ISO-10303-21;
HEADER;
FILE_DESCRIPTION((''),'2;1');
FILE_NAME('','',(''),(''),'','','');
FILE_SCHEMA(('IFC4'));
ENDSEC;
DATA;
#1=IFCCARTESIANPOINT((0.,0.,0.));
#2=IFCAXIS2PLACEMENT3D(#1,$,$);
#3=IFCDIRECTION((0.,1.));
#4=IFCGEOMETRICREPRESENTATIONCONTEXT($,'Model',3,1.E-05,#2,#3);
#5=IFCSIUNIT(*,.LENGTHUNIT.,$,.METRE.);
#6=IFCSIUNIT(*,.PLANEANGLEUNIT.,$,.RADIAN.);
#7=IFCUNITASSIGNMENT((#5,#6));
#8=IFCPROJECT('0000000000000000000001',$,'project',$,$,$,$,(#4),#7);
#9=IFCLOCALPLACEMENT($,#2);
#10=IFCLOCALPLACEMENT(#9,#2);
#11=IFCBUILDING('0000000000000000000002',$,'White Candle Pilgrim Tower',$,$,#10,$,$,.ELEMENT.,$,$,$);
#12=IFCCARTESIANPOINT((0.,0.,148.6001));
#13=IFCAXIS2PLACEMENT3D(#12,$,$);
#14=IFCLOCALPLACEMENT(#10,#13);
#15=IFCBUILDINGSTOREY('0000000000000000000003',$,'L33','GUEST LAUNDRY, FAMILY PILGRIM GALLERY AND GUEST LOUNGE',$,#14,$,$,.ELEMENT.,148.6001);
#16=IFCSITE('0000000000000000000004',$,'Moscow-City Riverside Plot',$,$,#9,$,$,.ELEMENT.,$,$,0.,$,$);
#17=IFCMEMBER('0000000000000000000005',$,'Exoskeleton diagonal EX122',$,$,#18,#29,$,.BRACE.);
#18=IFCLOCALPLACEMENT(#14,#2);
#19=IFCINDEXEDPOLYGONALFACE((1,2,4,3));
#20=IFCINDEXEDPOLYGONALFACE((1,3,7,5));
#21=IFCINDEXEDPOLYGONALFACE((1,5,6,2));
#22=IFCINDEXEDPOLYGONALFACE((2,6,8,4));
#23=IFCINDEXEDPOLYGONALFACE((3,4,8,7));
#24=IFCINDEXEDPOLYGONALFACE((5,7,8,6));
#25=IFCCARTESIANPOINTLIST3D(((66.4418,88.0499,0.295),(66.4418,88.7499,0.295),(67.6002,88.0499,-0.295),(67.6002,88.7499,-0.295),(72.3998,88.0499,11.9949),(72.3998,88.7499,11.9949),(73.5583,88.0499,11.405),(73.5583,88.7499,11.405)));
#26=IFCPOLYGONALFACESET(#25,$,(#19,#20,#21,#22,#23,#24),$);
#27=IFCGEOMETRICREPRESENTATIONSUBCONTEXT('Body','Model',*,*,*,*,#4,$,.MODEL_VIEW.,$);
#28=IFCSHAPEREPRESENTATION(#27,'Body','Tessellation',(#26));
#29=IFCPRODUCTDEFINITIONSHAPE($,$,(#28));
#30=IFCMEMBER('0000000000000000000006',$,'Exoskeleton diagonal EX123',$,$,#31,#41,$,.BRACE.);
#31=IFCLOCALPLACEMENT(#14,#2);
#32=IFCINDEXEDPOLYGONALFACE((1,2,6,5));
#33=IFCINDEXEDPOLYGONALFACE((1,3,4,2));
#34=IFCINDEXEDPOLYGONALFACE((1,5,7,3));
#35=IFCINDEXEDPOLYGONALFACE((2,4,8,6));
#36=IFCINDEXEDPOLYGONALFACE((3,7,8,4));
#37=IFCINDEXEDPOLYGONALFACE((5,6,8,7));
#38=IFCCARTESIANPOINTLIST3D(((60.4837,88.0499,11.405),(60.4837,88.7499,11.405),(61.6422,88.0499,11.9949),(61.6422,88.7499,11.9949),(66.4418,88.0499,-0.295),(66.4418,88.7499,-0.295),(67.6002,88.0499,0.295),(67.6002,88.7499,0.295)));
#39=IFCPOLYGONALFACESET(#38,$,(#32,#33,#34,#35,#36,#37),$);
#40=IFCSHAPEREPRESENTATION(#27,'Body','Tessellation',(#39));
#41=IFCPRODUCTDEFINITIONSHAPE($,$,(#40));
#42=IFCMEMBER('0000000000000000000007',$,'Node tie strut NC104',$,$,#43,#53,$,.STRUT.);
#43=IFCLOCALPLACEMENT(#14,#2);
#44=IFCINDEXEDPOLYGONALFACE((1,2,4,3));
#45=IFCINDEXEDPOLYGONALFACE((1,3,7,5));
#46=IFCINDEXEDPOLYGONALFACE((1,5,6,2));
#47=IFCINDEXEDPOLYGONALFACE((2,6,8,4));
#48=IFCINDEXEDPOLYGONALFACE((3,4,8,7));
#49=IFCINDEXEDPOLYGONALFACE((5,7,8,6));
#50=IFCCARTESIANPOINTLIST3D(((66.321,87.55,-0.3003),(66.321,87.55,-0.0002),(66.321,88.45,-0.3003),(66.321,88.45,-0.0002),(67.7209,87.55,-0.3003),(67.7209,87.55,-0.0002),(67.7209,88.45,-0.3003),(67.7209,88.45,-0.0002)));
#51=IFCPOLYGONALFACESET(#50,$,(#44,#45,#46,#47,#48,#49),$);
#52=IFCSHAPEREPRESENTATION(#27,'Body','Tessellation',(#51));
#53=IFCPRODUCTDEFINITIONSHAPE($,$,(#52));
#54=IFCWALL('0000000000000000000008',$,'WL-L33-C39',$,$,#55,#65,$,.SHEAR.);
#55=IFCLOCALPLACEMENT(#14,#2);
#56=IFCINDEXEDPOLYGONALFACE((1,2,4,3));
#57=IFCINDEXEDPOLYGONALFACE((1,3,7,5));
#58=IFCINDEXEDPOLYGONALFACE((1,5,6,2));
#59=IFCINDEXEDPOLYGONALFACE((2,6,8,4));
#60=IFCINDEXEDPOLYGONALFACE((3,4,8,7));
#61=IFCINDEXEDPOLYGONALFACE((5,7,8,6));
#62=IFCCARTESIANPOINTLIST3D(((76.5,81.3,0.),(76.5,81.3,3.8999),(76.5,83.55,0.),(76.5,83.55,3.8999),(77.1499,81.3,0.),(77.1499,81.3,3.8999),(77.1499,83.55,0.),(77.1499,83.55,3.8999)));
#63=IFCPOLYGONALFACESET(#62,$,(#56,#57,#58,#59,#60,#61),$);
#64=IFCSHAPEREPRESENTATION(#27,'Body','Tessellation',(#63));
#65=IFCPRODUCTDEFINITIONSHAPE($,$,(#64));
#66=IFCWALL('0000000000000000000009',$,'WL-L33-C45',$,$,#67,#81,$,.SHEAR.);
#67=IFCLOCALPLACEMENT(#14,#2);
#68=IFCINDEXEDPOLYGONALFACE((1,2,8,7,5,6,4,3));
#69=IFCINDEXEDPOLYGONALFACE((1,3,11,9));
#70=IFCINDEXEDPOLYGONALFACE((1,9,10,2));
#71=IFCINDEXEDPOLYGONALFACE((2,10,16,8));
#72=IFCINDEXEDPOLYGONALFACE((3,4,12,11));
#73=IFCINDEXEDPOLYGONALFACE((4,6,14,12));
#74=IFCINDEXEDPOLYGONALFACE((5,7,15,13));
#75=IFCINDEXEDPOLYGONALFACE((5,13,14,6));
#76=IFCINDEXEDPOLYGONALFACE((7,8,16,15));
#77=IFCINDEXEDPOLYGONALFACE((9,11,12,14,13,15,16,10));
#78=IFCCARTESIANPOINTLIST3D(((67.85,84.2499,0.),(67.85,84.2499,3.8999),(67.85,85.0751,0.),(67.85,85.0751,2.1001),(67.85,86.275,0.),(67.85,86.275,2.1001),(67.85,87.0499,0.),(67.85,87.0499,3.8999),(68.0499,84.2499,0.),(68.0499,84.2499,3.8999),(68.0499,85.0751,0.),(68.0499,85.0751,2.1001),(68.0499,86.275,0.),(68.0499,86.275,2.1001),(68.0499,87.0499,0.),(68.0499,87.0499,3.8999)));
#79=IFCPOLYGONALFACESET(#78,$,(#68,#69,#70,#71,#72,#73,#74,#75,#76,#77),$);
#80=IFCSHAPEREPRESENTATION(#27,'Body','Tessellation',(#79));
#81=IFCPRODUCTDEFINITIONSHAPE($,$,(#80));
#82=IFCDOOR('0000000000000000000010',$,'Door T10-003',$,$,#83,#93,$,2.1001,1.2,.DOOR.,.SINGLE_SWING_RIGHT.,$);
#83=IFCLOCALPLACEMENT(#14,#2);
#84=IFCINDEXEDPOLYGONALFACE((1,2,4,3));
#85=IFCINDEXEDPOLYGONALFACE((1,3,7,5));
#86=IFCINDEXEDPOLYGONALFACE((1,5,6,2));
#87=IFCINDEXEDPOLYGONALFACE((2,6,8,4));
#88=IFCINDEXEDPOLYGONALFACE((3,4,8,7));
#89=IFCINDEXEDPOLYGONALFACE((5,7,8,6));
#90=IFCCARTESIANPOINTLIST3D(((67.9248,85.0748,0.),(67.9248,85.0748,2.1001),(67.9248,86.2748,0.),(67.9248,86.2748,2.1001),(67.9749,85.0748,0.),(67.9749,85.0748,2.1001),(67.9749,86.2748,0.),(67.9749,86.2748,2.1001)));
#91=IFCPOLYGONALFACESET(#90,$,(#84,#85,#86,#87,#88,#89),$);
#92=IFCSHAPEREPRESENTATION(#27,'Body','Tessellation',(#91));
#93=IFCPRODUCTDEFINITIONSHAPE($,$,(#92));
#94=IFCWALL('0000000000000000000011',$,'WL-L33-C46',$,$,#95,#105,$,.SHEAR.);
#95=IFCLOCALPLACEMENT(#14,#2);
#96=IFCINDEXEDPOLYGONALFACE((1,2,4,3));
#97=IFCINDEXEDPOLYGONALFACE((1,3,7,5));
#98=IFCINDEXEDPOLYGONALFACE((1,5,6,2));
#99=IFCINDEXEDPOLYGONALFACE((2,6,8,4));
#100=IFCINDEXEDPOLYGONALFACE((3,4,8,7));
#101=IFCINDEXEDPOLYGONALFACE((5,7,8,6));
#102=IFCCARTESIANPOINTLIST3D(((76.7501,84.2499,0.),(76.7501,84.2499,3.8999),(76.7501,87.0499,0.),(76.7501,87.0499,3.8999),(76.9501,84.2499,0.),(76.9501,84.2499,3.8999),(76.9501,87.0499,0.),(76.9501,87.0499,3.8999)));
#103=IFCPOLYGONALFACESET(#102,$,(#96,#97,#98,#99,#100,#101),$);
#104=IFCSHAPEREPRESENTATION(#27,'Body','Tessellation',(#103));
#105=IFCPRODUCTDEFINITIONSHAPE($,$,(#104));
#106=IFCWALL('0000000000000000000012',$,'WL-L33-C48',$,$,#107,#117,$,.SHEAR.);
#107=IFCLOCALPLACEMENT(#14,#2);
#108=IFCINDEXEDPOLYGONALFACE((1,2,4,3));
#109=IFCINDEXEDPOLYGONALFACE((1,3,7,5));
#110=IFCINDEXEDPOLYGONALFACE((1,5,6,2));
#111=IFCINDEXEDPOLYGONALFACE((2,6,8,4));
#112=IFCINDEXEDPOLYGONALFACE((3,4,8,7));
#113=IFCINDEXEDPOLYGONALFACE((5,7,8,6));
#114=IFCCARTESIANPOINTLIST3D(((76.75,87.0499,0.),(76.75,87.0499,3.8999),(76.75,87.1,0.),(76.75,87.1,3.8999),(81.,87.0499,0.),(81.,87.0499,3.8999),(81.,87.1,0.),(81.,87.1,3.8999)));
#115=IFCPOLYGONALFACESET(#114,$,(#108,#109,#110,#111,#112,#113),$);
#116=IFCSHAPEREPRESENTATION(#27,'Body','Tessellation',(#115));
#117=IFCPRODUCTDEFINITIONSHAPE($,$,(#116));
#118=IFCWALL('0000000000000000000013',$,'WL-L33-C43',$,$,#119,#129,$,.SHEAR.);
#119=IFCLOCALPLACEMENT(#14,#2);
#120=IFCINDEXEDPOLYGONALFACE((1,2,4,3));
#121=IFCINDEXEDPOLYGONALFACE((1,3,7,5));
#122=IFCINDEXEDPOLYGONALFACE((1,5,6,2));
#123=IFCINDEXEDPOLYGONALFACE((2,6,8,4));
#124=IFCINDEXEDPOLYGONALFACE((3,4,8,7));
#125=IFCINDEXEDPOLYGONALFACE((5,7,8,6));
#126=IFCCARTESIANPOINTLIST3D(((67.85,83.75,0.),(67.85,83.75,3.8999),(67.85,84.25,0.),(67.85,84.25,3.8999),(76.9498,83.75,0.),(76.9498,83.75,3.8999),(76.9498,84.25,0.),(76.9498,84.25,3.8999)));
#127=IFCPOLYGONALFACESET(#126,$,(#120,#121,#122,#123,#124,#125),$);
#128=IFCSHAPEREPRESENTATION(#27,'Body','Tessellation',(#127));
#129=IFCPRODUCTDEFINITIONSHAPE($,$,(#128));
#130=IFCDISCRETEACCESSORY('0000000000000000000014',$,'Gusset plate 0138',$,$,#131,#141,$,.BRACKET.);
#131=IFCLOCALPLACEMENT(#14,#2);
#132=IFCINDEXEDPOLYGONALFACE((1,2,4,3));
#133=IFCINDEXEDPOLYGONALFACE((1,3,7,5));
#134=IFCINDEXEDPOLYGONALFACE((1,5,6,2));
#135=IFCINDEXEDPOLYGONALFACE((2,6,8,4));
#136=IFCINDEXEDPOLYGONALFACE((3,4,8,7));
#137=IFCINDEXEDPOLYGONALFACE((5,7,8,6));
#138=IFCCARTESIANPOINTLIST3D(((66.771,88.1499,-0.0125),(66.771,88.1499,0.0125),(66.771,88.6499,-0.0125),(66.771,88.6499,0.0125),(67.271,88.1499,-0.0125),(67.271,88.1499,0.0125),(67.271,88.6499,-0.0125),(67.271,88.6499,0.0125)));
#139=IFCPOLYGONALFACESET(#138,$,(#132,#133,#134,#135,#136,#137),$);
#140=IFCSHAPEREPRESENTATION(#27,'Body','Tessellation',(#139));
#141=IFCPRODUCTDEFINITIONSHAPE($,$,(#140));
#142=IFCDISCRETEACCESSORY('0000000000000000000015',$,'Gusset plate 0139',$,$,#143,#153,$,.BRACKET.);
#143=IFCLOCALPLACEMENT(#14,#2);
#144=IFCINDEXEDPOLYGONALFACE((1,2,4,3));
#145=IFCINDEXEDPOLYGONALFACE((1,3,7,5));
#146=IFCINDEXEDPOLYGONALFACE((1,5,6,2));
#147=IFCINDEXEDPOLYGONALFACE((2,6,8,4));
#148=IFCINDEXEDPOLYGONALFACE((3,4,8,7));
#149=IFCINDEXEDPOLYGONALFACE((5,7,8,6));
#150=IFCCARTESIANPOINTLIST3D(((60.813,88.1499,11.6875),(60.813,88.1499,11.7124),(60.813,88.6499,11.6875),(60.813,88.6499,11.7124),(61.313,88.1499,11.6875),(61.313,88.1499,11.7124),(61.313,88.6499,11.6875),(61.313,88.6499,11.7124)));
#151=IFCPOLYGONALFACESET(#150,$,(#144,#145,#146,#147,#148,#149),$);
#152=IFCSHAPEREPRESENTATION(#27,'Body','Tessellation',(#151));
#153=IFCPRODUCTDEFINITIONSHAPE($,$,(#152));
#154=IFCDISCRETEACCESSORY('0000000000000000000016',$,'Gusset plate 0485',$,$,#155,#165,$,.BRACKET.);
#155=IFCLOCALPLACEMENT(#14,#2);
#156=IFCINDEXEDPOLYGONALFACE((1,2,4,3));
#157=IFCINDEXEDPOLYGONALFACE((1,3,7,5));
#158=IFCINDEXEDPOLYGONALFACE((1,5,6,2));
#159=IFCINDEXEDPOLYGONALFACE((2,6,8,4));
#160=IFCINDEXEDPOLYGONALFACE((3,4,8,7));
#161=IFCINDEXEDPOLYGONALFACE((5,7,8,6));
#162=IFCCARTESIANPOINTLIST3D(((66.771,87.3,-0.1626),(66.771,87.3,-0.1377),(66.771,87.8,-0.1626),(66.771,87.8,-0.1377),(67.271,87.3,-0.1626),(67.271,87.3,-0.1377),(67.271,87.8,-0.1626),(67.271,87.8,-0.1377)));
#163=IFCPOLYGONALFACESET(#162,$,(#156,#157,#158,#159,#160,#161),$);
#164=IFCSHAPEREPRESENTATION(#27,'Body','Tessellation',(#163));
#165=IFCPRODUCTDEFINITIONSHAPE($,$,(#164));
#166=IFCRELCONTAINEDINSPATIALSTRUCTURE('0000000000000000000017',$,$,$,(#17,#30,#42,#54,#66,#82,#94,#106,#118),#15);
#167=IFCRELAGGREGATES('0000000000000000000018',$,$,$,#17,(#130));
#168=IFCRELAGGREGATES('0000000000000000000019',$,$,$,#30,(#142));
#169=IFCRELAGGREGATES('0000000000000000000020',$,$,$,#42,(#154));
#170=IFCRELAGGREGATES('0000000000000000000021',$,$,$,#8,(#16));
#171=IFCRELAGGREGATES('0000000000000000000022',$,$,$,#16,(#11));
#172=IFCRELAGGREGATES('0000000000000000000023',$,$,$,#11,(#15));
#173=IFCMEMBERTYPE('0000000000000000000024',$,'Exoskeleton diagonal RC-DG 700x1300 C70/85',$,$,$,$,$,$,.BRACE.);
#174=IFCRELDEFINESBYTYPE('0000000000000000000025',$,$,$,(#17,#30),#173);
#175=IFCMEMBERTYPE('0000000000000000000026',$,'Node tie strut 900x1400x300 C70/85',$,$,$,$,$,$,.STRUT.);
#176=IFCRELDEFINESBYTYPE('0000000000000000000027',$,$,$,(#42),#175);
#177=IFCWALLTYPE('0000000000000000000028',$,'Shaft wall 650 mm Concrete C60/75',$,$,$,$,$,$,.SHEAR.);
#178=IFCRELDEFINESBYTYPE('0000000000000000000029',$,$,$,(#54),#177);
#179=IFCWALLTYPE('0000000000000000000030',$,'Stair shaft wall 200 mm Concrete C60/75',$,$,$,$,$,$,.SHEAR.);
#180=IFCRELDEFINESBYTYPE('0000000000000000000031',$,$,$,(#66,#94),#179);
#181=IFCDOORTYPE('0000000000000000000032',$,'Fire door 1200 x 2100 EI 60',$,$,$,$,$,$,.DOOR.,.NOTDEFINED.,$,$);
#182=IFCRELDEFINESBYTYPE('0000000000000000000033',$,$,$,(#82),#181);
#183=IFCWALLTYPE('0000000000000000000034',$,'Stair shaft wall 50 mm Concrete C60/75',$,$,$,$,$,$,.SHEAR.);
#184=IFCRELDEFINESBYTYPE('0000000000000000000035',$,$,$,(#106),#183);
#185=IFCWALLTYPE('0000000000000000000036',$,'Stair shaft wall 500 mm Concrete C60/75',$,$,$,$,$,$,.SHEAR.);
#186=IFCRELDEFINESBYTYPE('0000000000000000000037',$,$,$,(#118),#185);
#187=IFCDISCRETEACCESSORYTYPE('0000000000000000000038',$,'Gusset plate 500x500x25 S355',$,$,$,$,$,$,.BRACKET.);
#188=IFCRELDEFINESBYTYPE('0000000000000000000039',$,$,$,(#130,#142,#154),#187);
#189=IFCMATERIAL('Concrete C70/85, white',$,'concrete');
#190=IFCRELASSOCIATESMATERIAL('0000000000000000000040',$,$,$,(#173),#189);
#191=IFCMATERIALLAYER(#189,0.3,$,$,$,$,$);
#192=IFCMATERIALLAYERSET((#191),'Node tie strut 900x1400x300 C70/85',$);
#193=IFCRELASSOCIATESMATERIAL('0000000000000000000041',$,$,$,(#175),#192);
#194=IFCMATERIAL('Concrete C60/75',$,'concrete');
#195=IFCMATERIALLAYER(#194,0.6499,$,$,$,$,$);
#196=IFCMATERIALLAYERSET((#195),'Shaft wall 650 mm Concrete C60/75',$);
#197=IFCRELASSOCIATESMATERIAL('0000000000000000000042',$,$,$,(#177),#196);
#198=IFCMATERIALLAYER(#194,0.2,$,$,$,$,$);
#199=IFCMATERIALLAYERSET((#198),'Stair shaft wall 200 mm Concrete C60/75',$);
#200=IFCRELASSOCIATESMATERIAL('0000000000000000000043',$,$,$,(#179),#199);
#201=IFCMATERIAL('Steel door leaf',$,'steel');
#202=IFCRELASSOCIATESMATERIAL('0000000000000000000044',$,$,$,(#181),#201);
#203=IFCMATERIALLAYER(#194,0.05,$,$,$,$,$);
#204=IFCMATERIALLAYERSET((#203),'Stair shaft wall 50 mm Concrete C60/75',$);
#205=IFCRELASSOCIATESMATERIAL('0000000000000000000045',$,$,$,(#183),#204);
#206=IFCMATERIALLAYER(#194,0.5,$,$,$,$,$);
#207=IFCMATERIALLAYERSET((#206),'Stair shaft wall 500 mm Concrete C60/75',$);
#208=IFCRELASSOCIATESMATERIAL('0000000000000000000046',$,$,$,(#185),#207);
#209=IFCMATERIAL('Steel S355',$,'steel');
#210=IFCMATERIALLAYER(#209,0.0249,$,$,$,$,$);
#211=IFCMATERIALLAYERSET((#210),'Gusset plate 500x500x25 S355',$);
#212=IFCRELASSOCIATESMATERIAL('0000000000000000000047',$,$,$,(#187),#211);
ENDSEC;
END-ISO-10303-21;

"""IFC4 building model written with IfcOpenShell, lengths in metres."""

from ifc_helpers import new_model, si_unit, direction, frame, frame_2d, origin, origin_2d, place, context, subcontext, project, spatial, rectangle, extrude, material, layer, layer_set, material_profile, profile_set, type_object, element, fill, aggregate, save


model = new_model("IFC4")

# Units and contexts
model_context = context("Model", 3, precision=1e-05, world=origin(), true_north=direction((0.0, 1.0)))
body_context = subcontext(model_context, "Body", "Model", "MODEL_VIEW")
ifc_project = project(units=[si_unit("LENGTHUNIT", "METRE"), si_unit("PLANEANGLEUNIT", "RADIAN")], contexts=[model_context])

# Site, building, storey
site_placement = place(None, origin())
site = spatial("IfcSite", under=ifc_project, at=site_placement, Name="Moscow-City Riverside Plot", CompositionType="ELEMENT", RefElevation=0.0)
building_placement = place(site_placement, origin())
building = spatial("IfcBuilding", under=site, at=building_placement, Name="White Candle Pilgrim Tower", CompositionType="ELEMENT")
storey_placement = place(building_placement, frame((0.0, 0.0, 148.6001)))
storey = spatial("IfcBuildingStorey", under=building, at=storey_placement, Name="L33", Description="GUEST LAUNDRY, FAMILY PILGRIM GALLERY AND GUEST LOUNGE", CompositionType="ELEMENT", Elevation=148.6001)

# Members
ifc_material_1 = material(Name="Concrete C70/85, white", Category="concrete")
ifc_material_profile = material_profile(ifc_material_1, rectangle(XDim=0.7, YDim=1.3, at=origin_2d()), Name="RC-DG 700x1300")
ifc_profile_set = profile_set([ifc_material_profile], Name="Concrete C70/85, white")
member_type_1 = type_object("IfcMemberType", Name="Exoskeleton diagonal RC-DG 700x1300 C70/85", PredefinedType="BRACE", material=ifc_profile_set)
member_1_placement = place(storey_placement, frame((67.021, 88.3999, 0.0), z_axis=(0.453784, 0.0, 0.891112), x_axis=(0.0, 1.0, 0.0)))
member_1 = element("IfcMember", 1, at=member_1_placement, inside=storey, type_object=member_type_1, Name="Exoskeleton diagonal EX122", PredefinedType="BRACE", context=body_context, shape_type="SweptSolid", body=[
    extrude(rectangle(XDim=0.7, YDim=1.3, at=origin_2d()), origin(), (0.0, 0.0, 1.0), 13.1296),
])
member_2_placement = place(storey_placement, frame((67.021, 88.3999, 0.0), z_axis=(-0.453784, 0.0, 0.891112), x_axis=(0.0, -1.0, 0.0)))
member_2 = element("IfcMember", 2, at=member_2_placement, inside=storey, type_object=member_type_1, Name="Exoskeleton diagonal EX123", PredefinedType="BRACE", context=body_context, shape_type="SweptSolid", body=[
    extrude(rectangle(XDim=0.7, YDim=1.3, at=origin_2d()), origin(), (0.0, 0.0, 1.0), 13.1296),
])
ifc_layer_1 = layer(ifc_material_1, 0.3)
ifc_layer_set_1 = layer_set([ifc_layer_1], Name="Node tie strut 900x1400x300 C70/85")
member_type_2 = type_object("IfcMemberType", Name="Node tie strut 900x1400x300 C70/85", PredefinedType="STRUT", material=ifc_layer_set_1)
member_3_placement = place(storey_placement, frame((67.021, 88.0, -0.3003), z_axis=(0.0, 0.0, 1.0), x_axis=(-1.0, 0.0, 0.0)))
member_3 = element("IfcMember", 3, at=member_3_placement, inside=storey, type_object=member_type_2, Name="Node tie strut NC104", PredefinedType="STRUT", context=body_context, shape_type="SweptSolid", body=[
    extrude(rectangle(XDim=1.3999, YDim=0.8999, at=origin_2d()), origin(), (0.0, 0.0, 1.0), 0.3),
])

# Wall
ifc_material_2 = material(Name="Concrete C60/75", Category="concrete")
ifc_layer_2 = layer(ifc_material_2, 0.6499)
ifc_layer_set_2 = layer_set([ifc_layer_2], Name="Shaft wall 650 mm Concrete C60/75")
wall_type_1 = type_object("IfcWallType", Name="Shaft wall 650 mm Concrete C60/75", PredefinedType="SHEAR", material=ifc_layer_set_2)
wall_1_placement = place(storey_placement, frame((76.825, 81.3, 0.0), z_axis=(0.0, 0.0, 1.0), x_axis=(0.0, 1.0, 0.0)))
element("IfcWall", 4, at=wall_1_placement, inside=storey, type_object=wall_type_1, Name="WL-L33-C39", PredefinedType="SHEAR", context=body_context, shape_type="SweptSolid", body=[
    extrude(rectangle(XDim=2.25, YDim=0.6499, at=frame_2d((1.125, 0.0))), origin(), (0.0, 0.0, 1.0), 3.8999),
])

# Wall, opening, door
ifc_layer_3 = layer(ifc_material_2, 0.2)
ifc_layer_set_3 = layer_set([ifc_layer_3], Name="Stair shaft wall 200 mm Concrete C60/75")
wall_type_2 = type_object("IfcWallType", Name="Stair shaft wall 200 mm Concrete C60/75", PredefinedType="SHEAR", material=ifc_layer_set_3)
wall_2_placement = place(storey_placement, frame((67.95, 84.25, 0.0), z_axis=(0.0, 0.0, 1.0), x_axis=(0.0, 1.0, 0.0)))
wall_2 = element("IfcWall", 5, at=wall_2_placement, inside=storey, type_object=wall_type_2, Name="WL-L33-C45", PredefinedType="SHEAR", context=body_context, shape_type="SweptSolid", body=[
    extrude(rectangle(XDim=2.8, YDim=0.2, at=frame_2d((1.3999, 0.0))), origin(), (0.0, 0.0, 1.0), 3.8999),
])
opening_placement = place(wall_2_placement, frame((0.825, 0.0, 0.0)))
opening = element("IfcOpeningElement", 6, at=opening_placement, cuts=wall_2, PredefinedType="OPENING", context=body_context, shape_type="SweptSolid", body=[
    extrude(rectangle(XDim=1.2, YDim=2.1001, at=frame_2d((0.6001, 1.05))), frame((0.0, 0.1099, 0.0), z_axis=(0.0, -1.0, 0.0), x_axis=(1.0, 0.0, 0.0)), (0.0, 0.0, 1.0), 0.22),
])
ifc_material_3 = material(Name="Steel door leaf", Category="steel")
door_type = type_object("IfcDoorType", Name="Fire door 1200 x 2100 EI 60", OperationType="NOTDEFINED", PredefinedType="DOOR", material=ifc_material_3)
door_placement = place(opening_placement, frame((1.2, 0.0, 0.0), z_axis=(0.0, 0.0, 1.0), x_axis=(-1.0, 0.0, 0.0)))
door = element("IfcDoor", 7, at=door_placement, inside=storey, type_object=door_type, Name="Door T10-003", OperationType="SINGLE_SWING_RIGHT", OverallHeight=2.1001, OverallWidth=1.2, PredefinedType="DOOR", context=body_context, shape_type="SweptSolid", body=[
    extrude(rectangle(XDim=1.2, YDim=2.1001, at=frame_2d((0.6001, 1.05))), frame((0.0, 0.0249, 0.0), z_axis=(0.0, -1.0, 0.0), x_axis=(1.0, 0.0, 0.0)), (0.0, 0.0, 1.0), 0.05),
])
fill(opening, door)

# Walls
wall_3_placement = place(storey_placement, frame((76.8501, 84.25, 0.0), z_axis=(0.0, 0.0, 1.0), x_axis=(0.0, 1.0, 0.0)))
element("IfcWall", 8, at=wall_3_placement, inside=storey, type_object=wall_type_2, Name="WL-L33-C46", PredefinedType="SHEAR", context=body_context, shape_type="SweptSolid", body=[
    extrude(rectangle(XDim=2.8, YDim=0.2, at=frame_2d((1.3999, 0.0))), origin(), (0.0, 0.0, 1.0), 3.8999),
])
ifc_layer_4 = layer(ifc_material_2, 0.05)
ifc_layer_set_4 = layer_set([ifc_layer_4], Name="Stair shaft wall 50 mm Concrete C60/75")
wall_type_3 = type_object("IfcWallType", Name="Stair shaft wall 50 mm Concrete C60/75", PredefinedType="SHEAR", material=ifc_layer_set_4)
wall_4_placement = place(storey_placement, frame((76.75, 87.075, 0.0), z_axis=(0.0, 0.0, 1.0), x_axis=(1.0, 0.0, 0.0)))
element("IfcWall", 9, at=wall_4_placement, inside=storey, type_object=wall_type_3, Name="WL-L33-C48", PredefinedType="SHEAR", context=body_context, shape_type="SweptSolid", body=[
    extrude(rectangle(XDim=4.25, YDim=0.05, at=frame_2d((2.125, 0.0))), origin(), (0.0, 0.0, 1.0), 3.8999),
])
ifc_layer_5 = layer(ifc_material_2, 0.5)
ifc_layer_set_5 = layer_set([ifc_layer_5], Name="Stair shaft wall 500 mm Concrete C60/75")
wall_type_4 = type_object("IfcWallType", Name="Stair shaft wall 500 mm Concrete C60/75", PredefinedType="SHEAR", material=ifc_layer_set_5)
wall_5_placement = place(storey_placement, frame((67.8501, 84.0, 0.0), z_axis=(0.0, 0.0, 1.0), x_axis=(1.0, 0.0, 0.0)))
element("IfcWall", 10, at=wall_5_placement, inside=storey, type_object=wall_type_4, Name="WL-L33-C43", PredefinedType="SHEAR", context=body_context, shape_type="SweptSolid", body=[
    extrude(rectangle(XDim=9.0999, YDim=0.5, at=frame_2d((4.5498, 0.0))), origin(), (0.0, 0.0, 1.0), 3.8999),
])

# Discrete accessories
ifc_material_4 = material(Name="Steel S355", Category="steel")
ifc_layer_6 = layer(ifc_material_4, 0.0249)
ifc_layer_set_6 = layer_set([ifc_layer_6], Name="Gusset plate 500x500x25 S355")
discrete_accessory_type = type_object("IfcDiscreteAccessoryType", Name="Gusset plate 500x500x25 S355", PredefinedType="BRACKET", material=ifc_layer_set_6)
discrete_accessory_1_placement = place(storey_placement, frame((67.021, 88.3999, -0.0125), z_axis=(0.0, 0.0, 1.0), x_axis=(1.0, 0.0, 0.0)))
discrete_accessory_1 = element("IfcDiscreteAccessory", 11, at=discrete_accessory_1_placement, type_object=discrete_accessory_type, Name="Gusset plate 0138", PredefinedType="BRACKET", context=body_context, shape_type="SweptSolid", body=[
    extrude(rectangle(XDim=0.5, YDim=0.5, at=origin_2d()), origin(), (0.0, 0.0, 1.0), 0.0249),
])
aggregate(member_1, [discrete_accessory_1])
placement = place(building_placement, frame((0.0, 0.0, 160.3)))
discrete_accessory_2_placement = place(placement, frame((61.063, 88.3999, -0.0125), z_axis=(0.0, 0.0, 1.0), x_axis=(1.0, 0.0, 0.0)))
discrete_accessory_2 = element("IfcDiscreteAccessory", 12, at=discrete_accessory_2_placement, type_object=discrete_accessory_type, Name="Gusset plate 0139", PredefinedType="BRACKET", context=body_context, shape_type="SweptSolid", body=[
    extrude(rectangle(XDim=0.5, YDim=0.5, at=origin_2d()), origin(), (0.0, 0.0, 1.0), 0.0249),
])
aggregate(member_2, [discrete_accessory_2])
discrete_accessory_3_placement = place(storey_placement, frame((67.021, 87.55, -0.1626), z_axis=(0.0, 0.0, 1.0), x_axis=(1.0, 0.0, 0.0)))
discrete_accessory_3 = element("IfcDiscreteAccessory", 13, at=discrete_accessory_3_placement, type_object=discrete_accessory_type, Name="Gusset plate 0485", PredefinedType="BRACKET", context=body_context, shape_type="SweptSolid", body=[
    extrude(rectangle(XDim=0.5, YDim=0.5, at=origin_2d()), origin(), (0.0, 0.0, 1.0), 0.0249),
])
aggregate(member_3, [discrete_accessory_3])

save(model, "model.ifc")
